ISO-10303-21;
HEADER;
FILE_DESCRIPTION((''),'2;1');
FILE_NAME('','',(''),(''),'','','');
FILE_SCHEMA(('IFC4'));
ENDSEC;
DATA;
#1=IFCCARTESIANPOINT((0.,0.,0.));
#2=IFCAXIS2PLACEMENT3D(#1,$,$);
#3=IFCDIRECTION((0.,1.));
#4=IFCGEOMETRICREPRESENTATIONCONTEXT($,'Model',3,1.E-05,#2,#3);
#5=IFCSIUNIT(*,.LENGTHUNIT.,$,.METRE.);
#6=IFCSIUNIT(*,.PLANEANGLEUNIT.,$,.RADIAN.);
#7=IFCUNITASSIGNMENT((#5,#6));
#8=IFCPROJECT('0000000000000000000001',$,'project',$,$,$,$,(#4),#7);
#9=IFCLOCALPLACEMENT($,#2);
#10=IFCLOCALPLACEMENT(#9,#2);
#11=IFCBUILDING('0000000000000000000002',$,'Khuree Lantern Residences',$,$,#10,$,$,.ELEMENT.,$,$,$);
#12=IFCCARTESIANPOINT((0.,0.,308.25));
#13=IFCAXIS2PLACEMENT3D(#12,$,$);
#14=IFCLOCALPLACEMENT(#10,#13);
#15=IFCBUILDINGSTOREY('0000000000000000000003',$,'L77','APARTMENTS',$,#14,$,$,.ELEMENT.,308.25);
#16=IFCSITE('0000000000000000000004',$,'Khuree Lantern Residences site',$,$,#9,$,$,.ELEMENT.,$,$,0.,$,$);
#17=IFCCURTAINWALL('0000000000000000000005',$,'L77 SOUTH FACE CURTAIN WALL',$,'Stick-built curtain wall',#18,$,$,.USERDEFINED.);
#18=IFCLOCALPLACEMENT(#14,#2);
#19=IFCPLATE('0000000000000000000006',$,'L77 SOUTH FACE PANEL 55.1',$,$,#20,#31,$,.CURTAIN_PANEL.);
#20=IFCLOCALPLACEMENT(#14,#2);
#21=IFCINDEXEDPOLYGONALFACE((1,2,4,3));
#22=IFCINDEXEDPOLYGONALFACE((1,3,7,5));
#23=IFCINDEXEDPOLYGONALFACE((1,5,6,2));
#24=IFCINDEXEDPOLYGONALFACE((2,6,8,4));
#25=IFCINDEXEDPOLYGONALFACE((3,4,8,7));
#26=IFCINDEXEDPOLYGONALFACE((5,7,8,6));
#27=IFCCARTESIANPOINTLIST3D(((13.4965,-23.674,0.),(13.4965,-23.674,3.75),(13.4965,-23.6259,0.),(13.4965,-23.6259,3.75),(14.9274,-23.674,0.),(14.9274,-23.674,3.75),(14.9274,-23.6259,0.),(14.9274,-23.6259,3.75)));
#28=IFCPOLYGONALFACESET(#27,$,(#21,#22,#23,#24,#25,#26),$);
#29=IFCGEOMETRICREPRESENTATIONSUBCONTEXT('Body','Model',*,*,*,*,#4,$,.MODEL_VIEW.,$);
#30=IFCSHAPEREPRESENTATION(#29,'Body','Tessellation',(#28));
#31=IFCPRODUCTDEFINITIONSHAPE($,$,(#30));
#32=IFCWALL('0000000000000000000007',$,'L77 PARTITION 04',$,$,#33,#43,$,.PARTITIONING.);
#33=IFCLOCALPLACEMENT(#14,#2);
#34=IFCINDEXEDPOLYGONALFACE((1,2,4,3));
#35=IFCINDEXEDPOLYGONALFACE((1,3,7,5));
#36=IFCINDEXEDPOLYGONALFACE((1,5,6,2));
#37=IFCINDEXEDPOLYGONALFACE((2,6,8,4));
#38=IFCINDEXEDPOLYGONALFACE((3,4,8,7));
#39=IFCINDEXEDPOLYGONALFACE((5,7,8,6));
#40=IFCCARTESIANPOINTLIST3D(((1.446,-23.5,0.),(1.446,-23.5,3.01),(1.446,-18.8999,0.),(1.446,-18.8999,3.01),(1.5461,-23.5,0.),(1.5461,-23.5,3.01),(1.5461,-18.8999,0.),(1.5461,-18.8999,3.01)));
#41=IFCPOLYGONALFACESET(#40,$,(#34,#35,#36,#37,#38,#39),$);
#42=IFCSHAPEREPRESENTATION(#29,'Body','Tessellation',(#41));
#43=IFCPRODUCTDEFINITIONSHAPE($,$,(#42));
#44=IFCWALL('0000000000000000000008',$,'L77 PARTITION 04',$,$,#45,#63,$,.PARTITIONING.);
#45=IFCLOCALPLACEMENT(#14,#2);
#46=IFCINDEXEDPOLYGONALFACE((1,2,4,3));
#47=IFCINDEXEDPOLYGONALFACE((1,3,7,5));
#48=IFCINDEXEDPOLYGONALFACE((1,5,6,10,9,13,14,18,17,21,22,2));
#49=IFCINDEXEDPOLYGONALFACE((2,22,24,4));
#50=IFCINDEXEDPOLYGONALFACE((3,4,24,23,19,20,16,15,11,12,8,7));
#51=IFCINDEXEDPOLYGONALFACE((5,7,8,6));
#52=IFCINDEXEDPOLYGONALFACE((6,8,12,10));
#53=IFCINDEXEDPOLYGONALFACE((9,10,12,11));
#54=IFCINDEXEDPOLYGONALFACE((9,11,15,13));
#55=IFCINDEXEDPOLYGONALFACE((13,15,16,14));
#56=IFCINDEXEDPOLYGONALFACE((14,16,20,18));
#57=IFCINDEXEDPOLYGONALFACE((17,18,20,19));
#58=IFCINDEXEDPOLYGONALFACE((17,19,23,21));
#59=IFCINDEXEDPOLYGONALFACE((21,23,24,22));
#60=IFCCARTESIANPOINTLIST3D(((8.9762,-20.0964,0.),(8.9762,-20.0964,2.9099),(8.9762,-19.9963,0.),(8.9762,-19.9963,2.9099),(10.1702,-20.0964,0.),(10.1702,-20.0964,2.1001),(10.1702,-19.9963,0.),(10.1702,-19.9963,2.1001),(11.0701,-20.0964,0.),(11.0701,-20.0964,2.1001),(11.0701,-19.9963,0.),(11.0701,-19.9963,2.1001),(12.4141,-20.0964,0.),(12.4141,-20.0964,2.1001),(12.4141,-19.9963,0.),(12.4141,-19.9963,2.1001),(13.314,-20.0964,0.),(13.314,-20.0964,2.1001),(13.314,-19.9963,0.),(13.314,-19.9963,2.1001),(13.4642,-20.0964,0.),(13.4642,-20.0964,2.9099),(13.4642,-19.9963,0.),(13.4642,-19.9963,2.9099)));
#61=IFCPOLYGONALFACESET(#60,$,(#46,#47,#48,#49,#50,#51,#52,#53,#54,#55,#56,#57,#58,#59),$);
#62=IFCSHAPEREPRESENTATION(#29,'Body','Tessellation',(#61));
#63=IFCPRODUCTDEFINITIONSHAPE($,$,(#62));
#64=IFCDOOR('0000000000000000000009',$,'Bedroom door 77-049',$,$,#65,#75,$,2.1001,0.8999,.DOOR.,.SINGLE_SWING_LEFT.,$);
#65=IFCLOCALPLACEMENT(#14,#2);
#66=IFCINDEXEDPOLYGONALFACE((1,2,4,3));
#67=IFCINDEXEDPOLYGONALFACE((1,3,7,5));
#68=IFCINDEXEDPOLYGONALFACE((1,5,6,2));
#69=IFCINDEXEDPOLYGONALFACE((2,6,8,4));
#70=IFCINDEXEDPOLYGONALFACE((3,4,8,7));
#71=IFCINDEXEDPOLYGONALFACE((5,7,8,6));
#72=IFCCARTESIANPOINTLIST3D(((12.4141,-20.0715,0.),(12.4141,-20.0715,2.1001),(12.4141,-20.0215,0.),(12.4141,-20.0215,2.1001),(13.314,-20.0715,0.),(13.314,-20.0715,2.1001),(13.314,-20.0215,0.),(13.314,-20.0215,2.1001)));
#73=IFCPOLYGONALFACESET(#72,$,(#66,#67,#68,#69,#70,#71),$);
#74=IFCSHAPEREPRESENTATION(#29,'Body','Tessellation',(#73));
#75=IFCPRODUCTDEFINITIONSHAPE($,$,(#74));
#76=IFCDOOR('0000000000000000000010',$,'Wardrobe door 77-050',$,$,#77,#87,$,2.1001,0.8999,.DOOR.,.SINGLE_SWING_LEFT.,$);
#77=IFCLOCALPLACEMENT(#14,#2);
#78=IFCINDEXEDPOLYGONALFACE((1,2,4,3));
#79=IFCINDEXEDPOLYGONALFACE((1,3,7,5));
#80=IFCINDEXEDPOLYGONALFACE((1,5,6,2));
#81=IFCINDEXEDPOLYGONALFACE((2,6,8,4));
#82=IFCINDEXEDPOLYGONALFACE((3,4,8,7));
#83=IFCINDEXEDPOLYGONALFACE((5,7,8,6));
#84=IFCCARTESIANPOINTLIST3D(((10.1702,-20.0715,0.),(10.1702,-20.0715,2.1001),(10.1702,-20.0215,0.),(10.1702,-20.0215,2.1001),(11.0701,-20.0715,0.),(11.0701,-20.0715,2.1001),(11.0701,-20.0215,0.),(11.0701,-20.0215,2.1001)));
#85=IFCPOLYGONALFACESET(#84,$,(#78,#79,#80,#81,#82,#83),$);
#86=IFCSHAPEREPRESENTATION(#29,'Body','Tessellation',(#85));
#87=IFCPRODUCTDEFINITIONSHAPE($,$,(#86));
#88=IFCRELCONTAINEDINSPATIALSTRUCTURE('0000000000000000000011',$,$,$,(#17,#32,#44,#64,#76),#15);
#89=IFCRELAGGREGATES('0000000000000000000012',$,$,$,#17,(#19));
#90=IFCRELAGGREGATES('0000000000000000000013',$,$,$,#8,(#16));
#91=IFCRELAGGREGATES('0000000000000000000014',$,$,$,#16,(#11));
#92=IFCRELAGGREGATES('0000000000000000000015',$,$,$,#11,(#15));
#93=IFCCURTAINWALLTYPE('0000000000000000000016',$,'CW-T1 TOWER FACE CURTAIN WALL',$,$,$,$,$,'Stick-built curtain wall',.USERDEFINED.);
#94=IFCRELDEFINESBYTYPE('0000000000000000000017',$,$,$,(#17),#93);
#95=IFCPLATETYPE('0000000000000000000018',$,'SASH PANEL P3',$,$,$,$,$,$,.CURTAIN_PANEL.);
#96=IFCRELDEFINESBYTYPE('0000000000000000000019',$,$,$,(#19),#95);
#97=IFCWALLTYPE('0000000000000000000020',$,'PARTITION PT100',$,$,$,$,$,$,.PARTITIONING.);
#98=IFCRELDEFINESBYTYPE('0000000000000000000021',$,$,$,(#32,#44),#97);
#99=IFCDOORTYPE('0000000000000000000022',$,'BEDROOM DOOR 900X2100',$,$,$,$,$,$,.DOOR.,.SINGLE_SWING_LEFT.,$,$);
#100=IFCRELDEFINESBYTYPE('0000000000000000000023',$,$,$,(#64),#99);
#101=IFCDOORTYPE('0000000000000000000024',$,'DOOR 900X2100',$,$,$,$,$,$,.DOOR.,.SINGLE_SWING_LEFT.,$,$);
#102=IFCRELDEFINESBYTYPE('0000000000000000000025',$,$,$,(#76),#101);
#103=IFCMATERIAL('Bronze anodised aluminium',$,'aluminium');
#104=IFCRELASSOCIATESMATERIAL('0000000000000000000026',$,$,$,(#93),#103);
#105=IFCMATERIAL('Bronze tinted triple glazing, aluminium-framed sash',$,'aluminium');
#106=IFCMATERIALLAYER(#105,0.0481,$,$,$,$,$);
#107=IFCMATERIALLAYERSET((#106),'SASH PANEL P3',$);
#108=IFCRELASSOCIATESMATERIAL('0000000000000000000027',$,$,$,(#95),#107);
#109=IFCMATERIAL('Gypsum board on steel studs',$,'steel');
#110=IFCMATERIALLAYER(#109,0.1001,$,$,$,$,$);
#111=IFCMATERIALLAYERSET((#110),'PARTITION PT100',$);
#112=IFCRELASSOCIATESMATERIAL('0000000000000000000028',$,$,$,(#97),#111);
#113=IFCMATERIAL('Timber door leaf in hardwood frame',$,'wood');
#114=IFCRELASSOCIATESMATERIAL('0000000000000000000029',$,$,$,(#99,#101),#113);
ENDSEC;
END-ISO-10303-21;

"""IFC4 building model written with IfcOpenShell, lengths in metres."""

from ifc_helpers import new_model, si_unit, direction, frame, frame_2d, origin, origin_2d, place, context, subcontext, project, spatial, rectangle, extrude, material, layer, layer_set, type_object, element, fill, aggregate, save


model = new_model("IFC4")

# Units and contexts
model_context = context("Model", 3, precision=1e-05, world=origin(), true_north=direction((0.0, 1.0)))
body_context = subcontext(model_context, "Body", "Model", "MODEL_VIEW")
ifc_project = project(units=[si_unit("LENGTHUNIT", "METRE"), si_unit("PLANEANGLEUNIT", "RADIAN")], contexts=[model_context])

# Site, building, storey
site_placement = place(None, origin())
site = spatial("IfcSite", under=ifc_project, at=site_placement, Name="Khuree Lantern Residences site", CompositionType="ELEMENT", RefElevation=0.0)
building_placement = place(site_placement, origin())
building = spatial("IfcBuilding", under=site, at=building_placement, Name="Khuree Lantern Residences", CompositionType="ELEMENT")
storey_placement = place(building_placement, frame((0.0, 0.0, 308.25)))
storey = spatial("IfcBuildingStorey", under=building, at=storey_placement, Name="L77", Description="APARTMENTS", CompositionType="ELEMENT", Elevation=308.25)

# Curtain wall
ifc_material_1 = material(Name="Bronze anodised aluminium", Category="aluminium")
curtain_wall_type = type_object("IfcCurtainWallType", Name="CW-T1 TOWER FACE CURTAIN WALL", ElementType="Stick-built curtain wall", PredefinedType="USERDEFINED", material=ifc_material_1)
curtain_wall_placement = place(storey_placement, origin())
curtain_wall = element("IfcCurtainWall", 1, at=curtain_wall_placement, inside=storey, type_object=curtain_wall_type, Name="L77 SOUTH FACE CURTAIN WALL", ObjectType="Stick-built curtain wall", PredefinedType="USERDEFINED")

# Plate
ifc_material_2 = material(Name="Bronze tinted triple glazing, aluminium-framed sash", Category="aluminium")
ifc_layer_1 = layer(ifc_material_2, 0.0481)
ifc_layer_set_1 = layer_set([ifc_layer_1], Name="SASH PANEL P3")
plate_type_1 = type_object("IfcPlateType", Name="SASH PANEL P3", PredefinedType="CURTAIN_PANEL", material=ifc_layer_set_1)
plate_1_placement = place(storey_placement, frame((14.2119, -23.6499, 0.0), z_axis=(0.0, 0.0, 1.0), x_axis=(1.0, 0.0, 0.0)))
plate_1 = element("IfcPlate", 2, at=plate_1_placement, type_object=plate_type_1, Name="L77 SOUTH FACE PANEL 55.1", PredefinedType="CURTAIN_PANEL", context=body_context, shape_type="SweptSolid", body=[
    extrude(rectangle(XDim=1.4309, YDim=0.0481, at=origin_2d()), origin(), (0.0, 0.0, 1.0), 3.75),
])
aggregate(curtain_wall, [plate_1])

# Wall
ifc_material_3 = material(Name="Gypsum board on steel studs", Category="steel")
ifc_layer_2 = layer(ifc_material_3, 0.1001)
ifc_layer_set_2 = layer_set([ifc_layer_2], Name="PARTITION PT100")
wall_type = type_object("IfcWallType", Name="PARTITION PT100", PredefinedType="PARTITIONING", material=ifc_layer_set_2)
wall_1_placement = place(storey_placement, frame((1.4961, -18.8999, 0.0), z_axis=(0.0, 0.0, 1.0), x_axis=(0.0, -1.0, 0.0)))
element("IfcWall", 3, at=wall_1_placement, inside=storey, type_object=wall_type, Name="L77 PARTITION 04", PredefinedType="PARTITIONING", context=body_context, shape_type="SweptSolid", body=[
    extrude(rectangle(XDim=4.6001, YDim=0.1001, at=frame_2d((2.3, 0.0))), origin(), (0.0, 0.0, 1.0), 3.01),
])

# Wall, openings, doors
wall_2_placement = place(storey_placement, frame((8.9761, -20.0464, 0.0), z_axis=(0.0, 0.0, 1.0), x_axis=(1.0, 0.0, 0.0)))
wall_2 = element("IfcWall", 4, at=wall_2_placement, inside=storey, type_object=wall_type, Name="L77 PARTITION 04", PredefinedType="PARTITIONING", context=body_context, shape_type="SweptSolid", body=[
    extrude(rectangle(XDim=4.488, YDim=0.1001, at=frame_2d((2.2441, 0.0))), origin(), (0.0, 0.0, 1.0), 2.9099),
])
opening_1_placement = place(wall_2_placement, frame((3.438, 0.0, 0.0)))
opening_1 = element("IfcOpeningElement", 5, at=opening_1_placement, cuts=wall_2, PredefinedType="OPENING", context=body_context, shape_type="SweptSolid", body=[
    extrude(rectangle(XDim=0.8999, YDim=2.1001, at=frame_2d((0.45, 1.05))), frame((0.0, 0.0601, 0.0), z_axis=(0.0, -1.0, 0.0), x_axis=(1.0, 0.0, 0.0)), (0.0, 0.0, 1.0), 0.1201),
])
opening_2_placement = place(wall_2_placement, frame((1.1941, 0.0, 0.0)))
opening_2 = element("IfcOpeningElement", 6, at=opening_2_placement, cuts=wall_2, PredefinedType="OPENING", context=body_context, shape_type="SweptSolid", body=[
    extrude(rectangle(XDim=0.8999, YDim=2.1001, at=frame_2d((0.45, 1.05))), frame((0.0, 0.0601, 0.0), z_axis=(0.0, -1.0, 0.0), x_axis=(1.0, 0.0, 0.0)), (0.0, 0.0, 1.0), 0.1201),
])
ifc_material_4 = material(Name="Timber door leaf in hardwood frame", Category="wood")
door_type_1 = type_object("IfcDoorType", Name="BEDROOM DOOR 900X2100", OperationType="SINGLE_SWING_LEFT", PredefinedType="DOOR", material=ifc_material_4)
door_1_placement = place(opening_1_placement, origin())
door_1 = element("IfcDoor", 7, at=door_1_placement, inside=storey, type_object=door_type_1, Name="Bedroom door 77-049", OperationType="SINGLE_SWING_LEFT", OverallHeight=2.1001, OverallWidth=0.8999, PredefinedType="DOOR", context=body_context, shape_type="SweptSolid", body=[
    extrude(rectangle(XDim=0.8999, YDim=2.1001, at=frame_2d((0.45, 1.05))), frame((0.0, 0.0249, 0.0), z_axis=(0.0, -1.0, 0.0), x_axis=(1.0, 0.0, 0.0)), (0.0, 0.0, 1.0), 0.05),
])
fill(opening_1, door_1)
door_type_2 = type_object("IfcDoorType", Name="DOOR 900X2100", OperationType="SINGLE_SWING_LEFT", PredefinedType="DOOR", material=ifc_material_4)
door_2_placement = place(opening_2_placement, origin())
door_2 = element("IfcDoor", 8, at=door_2_placement, inside=storey, type_object=door_type_2, Name="Wardrobe door 77-050", OperationType="SINGLE_SWING_LEFT", OverallHeight=2.1001, OverallWidth=0.8999, PredefinedType="DOOR", context=body_context, shape_type="SweptSolid", body=[
    extrude(rectangle(XDim=0.8999, YDim=2.1001, at=frame_2d((0.45, 1.05))), frame((0.0, 0.0249, 0.0), z_axis=(0.0, -1.0, 0.0), x_axis=(1.0, 0.0, 0.0)), (0.0, 0.0, 1.0), 0.05),
])
fill(opening_2, door_2)

save(model, "model.ifc")
